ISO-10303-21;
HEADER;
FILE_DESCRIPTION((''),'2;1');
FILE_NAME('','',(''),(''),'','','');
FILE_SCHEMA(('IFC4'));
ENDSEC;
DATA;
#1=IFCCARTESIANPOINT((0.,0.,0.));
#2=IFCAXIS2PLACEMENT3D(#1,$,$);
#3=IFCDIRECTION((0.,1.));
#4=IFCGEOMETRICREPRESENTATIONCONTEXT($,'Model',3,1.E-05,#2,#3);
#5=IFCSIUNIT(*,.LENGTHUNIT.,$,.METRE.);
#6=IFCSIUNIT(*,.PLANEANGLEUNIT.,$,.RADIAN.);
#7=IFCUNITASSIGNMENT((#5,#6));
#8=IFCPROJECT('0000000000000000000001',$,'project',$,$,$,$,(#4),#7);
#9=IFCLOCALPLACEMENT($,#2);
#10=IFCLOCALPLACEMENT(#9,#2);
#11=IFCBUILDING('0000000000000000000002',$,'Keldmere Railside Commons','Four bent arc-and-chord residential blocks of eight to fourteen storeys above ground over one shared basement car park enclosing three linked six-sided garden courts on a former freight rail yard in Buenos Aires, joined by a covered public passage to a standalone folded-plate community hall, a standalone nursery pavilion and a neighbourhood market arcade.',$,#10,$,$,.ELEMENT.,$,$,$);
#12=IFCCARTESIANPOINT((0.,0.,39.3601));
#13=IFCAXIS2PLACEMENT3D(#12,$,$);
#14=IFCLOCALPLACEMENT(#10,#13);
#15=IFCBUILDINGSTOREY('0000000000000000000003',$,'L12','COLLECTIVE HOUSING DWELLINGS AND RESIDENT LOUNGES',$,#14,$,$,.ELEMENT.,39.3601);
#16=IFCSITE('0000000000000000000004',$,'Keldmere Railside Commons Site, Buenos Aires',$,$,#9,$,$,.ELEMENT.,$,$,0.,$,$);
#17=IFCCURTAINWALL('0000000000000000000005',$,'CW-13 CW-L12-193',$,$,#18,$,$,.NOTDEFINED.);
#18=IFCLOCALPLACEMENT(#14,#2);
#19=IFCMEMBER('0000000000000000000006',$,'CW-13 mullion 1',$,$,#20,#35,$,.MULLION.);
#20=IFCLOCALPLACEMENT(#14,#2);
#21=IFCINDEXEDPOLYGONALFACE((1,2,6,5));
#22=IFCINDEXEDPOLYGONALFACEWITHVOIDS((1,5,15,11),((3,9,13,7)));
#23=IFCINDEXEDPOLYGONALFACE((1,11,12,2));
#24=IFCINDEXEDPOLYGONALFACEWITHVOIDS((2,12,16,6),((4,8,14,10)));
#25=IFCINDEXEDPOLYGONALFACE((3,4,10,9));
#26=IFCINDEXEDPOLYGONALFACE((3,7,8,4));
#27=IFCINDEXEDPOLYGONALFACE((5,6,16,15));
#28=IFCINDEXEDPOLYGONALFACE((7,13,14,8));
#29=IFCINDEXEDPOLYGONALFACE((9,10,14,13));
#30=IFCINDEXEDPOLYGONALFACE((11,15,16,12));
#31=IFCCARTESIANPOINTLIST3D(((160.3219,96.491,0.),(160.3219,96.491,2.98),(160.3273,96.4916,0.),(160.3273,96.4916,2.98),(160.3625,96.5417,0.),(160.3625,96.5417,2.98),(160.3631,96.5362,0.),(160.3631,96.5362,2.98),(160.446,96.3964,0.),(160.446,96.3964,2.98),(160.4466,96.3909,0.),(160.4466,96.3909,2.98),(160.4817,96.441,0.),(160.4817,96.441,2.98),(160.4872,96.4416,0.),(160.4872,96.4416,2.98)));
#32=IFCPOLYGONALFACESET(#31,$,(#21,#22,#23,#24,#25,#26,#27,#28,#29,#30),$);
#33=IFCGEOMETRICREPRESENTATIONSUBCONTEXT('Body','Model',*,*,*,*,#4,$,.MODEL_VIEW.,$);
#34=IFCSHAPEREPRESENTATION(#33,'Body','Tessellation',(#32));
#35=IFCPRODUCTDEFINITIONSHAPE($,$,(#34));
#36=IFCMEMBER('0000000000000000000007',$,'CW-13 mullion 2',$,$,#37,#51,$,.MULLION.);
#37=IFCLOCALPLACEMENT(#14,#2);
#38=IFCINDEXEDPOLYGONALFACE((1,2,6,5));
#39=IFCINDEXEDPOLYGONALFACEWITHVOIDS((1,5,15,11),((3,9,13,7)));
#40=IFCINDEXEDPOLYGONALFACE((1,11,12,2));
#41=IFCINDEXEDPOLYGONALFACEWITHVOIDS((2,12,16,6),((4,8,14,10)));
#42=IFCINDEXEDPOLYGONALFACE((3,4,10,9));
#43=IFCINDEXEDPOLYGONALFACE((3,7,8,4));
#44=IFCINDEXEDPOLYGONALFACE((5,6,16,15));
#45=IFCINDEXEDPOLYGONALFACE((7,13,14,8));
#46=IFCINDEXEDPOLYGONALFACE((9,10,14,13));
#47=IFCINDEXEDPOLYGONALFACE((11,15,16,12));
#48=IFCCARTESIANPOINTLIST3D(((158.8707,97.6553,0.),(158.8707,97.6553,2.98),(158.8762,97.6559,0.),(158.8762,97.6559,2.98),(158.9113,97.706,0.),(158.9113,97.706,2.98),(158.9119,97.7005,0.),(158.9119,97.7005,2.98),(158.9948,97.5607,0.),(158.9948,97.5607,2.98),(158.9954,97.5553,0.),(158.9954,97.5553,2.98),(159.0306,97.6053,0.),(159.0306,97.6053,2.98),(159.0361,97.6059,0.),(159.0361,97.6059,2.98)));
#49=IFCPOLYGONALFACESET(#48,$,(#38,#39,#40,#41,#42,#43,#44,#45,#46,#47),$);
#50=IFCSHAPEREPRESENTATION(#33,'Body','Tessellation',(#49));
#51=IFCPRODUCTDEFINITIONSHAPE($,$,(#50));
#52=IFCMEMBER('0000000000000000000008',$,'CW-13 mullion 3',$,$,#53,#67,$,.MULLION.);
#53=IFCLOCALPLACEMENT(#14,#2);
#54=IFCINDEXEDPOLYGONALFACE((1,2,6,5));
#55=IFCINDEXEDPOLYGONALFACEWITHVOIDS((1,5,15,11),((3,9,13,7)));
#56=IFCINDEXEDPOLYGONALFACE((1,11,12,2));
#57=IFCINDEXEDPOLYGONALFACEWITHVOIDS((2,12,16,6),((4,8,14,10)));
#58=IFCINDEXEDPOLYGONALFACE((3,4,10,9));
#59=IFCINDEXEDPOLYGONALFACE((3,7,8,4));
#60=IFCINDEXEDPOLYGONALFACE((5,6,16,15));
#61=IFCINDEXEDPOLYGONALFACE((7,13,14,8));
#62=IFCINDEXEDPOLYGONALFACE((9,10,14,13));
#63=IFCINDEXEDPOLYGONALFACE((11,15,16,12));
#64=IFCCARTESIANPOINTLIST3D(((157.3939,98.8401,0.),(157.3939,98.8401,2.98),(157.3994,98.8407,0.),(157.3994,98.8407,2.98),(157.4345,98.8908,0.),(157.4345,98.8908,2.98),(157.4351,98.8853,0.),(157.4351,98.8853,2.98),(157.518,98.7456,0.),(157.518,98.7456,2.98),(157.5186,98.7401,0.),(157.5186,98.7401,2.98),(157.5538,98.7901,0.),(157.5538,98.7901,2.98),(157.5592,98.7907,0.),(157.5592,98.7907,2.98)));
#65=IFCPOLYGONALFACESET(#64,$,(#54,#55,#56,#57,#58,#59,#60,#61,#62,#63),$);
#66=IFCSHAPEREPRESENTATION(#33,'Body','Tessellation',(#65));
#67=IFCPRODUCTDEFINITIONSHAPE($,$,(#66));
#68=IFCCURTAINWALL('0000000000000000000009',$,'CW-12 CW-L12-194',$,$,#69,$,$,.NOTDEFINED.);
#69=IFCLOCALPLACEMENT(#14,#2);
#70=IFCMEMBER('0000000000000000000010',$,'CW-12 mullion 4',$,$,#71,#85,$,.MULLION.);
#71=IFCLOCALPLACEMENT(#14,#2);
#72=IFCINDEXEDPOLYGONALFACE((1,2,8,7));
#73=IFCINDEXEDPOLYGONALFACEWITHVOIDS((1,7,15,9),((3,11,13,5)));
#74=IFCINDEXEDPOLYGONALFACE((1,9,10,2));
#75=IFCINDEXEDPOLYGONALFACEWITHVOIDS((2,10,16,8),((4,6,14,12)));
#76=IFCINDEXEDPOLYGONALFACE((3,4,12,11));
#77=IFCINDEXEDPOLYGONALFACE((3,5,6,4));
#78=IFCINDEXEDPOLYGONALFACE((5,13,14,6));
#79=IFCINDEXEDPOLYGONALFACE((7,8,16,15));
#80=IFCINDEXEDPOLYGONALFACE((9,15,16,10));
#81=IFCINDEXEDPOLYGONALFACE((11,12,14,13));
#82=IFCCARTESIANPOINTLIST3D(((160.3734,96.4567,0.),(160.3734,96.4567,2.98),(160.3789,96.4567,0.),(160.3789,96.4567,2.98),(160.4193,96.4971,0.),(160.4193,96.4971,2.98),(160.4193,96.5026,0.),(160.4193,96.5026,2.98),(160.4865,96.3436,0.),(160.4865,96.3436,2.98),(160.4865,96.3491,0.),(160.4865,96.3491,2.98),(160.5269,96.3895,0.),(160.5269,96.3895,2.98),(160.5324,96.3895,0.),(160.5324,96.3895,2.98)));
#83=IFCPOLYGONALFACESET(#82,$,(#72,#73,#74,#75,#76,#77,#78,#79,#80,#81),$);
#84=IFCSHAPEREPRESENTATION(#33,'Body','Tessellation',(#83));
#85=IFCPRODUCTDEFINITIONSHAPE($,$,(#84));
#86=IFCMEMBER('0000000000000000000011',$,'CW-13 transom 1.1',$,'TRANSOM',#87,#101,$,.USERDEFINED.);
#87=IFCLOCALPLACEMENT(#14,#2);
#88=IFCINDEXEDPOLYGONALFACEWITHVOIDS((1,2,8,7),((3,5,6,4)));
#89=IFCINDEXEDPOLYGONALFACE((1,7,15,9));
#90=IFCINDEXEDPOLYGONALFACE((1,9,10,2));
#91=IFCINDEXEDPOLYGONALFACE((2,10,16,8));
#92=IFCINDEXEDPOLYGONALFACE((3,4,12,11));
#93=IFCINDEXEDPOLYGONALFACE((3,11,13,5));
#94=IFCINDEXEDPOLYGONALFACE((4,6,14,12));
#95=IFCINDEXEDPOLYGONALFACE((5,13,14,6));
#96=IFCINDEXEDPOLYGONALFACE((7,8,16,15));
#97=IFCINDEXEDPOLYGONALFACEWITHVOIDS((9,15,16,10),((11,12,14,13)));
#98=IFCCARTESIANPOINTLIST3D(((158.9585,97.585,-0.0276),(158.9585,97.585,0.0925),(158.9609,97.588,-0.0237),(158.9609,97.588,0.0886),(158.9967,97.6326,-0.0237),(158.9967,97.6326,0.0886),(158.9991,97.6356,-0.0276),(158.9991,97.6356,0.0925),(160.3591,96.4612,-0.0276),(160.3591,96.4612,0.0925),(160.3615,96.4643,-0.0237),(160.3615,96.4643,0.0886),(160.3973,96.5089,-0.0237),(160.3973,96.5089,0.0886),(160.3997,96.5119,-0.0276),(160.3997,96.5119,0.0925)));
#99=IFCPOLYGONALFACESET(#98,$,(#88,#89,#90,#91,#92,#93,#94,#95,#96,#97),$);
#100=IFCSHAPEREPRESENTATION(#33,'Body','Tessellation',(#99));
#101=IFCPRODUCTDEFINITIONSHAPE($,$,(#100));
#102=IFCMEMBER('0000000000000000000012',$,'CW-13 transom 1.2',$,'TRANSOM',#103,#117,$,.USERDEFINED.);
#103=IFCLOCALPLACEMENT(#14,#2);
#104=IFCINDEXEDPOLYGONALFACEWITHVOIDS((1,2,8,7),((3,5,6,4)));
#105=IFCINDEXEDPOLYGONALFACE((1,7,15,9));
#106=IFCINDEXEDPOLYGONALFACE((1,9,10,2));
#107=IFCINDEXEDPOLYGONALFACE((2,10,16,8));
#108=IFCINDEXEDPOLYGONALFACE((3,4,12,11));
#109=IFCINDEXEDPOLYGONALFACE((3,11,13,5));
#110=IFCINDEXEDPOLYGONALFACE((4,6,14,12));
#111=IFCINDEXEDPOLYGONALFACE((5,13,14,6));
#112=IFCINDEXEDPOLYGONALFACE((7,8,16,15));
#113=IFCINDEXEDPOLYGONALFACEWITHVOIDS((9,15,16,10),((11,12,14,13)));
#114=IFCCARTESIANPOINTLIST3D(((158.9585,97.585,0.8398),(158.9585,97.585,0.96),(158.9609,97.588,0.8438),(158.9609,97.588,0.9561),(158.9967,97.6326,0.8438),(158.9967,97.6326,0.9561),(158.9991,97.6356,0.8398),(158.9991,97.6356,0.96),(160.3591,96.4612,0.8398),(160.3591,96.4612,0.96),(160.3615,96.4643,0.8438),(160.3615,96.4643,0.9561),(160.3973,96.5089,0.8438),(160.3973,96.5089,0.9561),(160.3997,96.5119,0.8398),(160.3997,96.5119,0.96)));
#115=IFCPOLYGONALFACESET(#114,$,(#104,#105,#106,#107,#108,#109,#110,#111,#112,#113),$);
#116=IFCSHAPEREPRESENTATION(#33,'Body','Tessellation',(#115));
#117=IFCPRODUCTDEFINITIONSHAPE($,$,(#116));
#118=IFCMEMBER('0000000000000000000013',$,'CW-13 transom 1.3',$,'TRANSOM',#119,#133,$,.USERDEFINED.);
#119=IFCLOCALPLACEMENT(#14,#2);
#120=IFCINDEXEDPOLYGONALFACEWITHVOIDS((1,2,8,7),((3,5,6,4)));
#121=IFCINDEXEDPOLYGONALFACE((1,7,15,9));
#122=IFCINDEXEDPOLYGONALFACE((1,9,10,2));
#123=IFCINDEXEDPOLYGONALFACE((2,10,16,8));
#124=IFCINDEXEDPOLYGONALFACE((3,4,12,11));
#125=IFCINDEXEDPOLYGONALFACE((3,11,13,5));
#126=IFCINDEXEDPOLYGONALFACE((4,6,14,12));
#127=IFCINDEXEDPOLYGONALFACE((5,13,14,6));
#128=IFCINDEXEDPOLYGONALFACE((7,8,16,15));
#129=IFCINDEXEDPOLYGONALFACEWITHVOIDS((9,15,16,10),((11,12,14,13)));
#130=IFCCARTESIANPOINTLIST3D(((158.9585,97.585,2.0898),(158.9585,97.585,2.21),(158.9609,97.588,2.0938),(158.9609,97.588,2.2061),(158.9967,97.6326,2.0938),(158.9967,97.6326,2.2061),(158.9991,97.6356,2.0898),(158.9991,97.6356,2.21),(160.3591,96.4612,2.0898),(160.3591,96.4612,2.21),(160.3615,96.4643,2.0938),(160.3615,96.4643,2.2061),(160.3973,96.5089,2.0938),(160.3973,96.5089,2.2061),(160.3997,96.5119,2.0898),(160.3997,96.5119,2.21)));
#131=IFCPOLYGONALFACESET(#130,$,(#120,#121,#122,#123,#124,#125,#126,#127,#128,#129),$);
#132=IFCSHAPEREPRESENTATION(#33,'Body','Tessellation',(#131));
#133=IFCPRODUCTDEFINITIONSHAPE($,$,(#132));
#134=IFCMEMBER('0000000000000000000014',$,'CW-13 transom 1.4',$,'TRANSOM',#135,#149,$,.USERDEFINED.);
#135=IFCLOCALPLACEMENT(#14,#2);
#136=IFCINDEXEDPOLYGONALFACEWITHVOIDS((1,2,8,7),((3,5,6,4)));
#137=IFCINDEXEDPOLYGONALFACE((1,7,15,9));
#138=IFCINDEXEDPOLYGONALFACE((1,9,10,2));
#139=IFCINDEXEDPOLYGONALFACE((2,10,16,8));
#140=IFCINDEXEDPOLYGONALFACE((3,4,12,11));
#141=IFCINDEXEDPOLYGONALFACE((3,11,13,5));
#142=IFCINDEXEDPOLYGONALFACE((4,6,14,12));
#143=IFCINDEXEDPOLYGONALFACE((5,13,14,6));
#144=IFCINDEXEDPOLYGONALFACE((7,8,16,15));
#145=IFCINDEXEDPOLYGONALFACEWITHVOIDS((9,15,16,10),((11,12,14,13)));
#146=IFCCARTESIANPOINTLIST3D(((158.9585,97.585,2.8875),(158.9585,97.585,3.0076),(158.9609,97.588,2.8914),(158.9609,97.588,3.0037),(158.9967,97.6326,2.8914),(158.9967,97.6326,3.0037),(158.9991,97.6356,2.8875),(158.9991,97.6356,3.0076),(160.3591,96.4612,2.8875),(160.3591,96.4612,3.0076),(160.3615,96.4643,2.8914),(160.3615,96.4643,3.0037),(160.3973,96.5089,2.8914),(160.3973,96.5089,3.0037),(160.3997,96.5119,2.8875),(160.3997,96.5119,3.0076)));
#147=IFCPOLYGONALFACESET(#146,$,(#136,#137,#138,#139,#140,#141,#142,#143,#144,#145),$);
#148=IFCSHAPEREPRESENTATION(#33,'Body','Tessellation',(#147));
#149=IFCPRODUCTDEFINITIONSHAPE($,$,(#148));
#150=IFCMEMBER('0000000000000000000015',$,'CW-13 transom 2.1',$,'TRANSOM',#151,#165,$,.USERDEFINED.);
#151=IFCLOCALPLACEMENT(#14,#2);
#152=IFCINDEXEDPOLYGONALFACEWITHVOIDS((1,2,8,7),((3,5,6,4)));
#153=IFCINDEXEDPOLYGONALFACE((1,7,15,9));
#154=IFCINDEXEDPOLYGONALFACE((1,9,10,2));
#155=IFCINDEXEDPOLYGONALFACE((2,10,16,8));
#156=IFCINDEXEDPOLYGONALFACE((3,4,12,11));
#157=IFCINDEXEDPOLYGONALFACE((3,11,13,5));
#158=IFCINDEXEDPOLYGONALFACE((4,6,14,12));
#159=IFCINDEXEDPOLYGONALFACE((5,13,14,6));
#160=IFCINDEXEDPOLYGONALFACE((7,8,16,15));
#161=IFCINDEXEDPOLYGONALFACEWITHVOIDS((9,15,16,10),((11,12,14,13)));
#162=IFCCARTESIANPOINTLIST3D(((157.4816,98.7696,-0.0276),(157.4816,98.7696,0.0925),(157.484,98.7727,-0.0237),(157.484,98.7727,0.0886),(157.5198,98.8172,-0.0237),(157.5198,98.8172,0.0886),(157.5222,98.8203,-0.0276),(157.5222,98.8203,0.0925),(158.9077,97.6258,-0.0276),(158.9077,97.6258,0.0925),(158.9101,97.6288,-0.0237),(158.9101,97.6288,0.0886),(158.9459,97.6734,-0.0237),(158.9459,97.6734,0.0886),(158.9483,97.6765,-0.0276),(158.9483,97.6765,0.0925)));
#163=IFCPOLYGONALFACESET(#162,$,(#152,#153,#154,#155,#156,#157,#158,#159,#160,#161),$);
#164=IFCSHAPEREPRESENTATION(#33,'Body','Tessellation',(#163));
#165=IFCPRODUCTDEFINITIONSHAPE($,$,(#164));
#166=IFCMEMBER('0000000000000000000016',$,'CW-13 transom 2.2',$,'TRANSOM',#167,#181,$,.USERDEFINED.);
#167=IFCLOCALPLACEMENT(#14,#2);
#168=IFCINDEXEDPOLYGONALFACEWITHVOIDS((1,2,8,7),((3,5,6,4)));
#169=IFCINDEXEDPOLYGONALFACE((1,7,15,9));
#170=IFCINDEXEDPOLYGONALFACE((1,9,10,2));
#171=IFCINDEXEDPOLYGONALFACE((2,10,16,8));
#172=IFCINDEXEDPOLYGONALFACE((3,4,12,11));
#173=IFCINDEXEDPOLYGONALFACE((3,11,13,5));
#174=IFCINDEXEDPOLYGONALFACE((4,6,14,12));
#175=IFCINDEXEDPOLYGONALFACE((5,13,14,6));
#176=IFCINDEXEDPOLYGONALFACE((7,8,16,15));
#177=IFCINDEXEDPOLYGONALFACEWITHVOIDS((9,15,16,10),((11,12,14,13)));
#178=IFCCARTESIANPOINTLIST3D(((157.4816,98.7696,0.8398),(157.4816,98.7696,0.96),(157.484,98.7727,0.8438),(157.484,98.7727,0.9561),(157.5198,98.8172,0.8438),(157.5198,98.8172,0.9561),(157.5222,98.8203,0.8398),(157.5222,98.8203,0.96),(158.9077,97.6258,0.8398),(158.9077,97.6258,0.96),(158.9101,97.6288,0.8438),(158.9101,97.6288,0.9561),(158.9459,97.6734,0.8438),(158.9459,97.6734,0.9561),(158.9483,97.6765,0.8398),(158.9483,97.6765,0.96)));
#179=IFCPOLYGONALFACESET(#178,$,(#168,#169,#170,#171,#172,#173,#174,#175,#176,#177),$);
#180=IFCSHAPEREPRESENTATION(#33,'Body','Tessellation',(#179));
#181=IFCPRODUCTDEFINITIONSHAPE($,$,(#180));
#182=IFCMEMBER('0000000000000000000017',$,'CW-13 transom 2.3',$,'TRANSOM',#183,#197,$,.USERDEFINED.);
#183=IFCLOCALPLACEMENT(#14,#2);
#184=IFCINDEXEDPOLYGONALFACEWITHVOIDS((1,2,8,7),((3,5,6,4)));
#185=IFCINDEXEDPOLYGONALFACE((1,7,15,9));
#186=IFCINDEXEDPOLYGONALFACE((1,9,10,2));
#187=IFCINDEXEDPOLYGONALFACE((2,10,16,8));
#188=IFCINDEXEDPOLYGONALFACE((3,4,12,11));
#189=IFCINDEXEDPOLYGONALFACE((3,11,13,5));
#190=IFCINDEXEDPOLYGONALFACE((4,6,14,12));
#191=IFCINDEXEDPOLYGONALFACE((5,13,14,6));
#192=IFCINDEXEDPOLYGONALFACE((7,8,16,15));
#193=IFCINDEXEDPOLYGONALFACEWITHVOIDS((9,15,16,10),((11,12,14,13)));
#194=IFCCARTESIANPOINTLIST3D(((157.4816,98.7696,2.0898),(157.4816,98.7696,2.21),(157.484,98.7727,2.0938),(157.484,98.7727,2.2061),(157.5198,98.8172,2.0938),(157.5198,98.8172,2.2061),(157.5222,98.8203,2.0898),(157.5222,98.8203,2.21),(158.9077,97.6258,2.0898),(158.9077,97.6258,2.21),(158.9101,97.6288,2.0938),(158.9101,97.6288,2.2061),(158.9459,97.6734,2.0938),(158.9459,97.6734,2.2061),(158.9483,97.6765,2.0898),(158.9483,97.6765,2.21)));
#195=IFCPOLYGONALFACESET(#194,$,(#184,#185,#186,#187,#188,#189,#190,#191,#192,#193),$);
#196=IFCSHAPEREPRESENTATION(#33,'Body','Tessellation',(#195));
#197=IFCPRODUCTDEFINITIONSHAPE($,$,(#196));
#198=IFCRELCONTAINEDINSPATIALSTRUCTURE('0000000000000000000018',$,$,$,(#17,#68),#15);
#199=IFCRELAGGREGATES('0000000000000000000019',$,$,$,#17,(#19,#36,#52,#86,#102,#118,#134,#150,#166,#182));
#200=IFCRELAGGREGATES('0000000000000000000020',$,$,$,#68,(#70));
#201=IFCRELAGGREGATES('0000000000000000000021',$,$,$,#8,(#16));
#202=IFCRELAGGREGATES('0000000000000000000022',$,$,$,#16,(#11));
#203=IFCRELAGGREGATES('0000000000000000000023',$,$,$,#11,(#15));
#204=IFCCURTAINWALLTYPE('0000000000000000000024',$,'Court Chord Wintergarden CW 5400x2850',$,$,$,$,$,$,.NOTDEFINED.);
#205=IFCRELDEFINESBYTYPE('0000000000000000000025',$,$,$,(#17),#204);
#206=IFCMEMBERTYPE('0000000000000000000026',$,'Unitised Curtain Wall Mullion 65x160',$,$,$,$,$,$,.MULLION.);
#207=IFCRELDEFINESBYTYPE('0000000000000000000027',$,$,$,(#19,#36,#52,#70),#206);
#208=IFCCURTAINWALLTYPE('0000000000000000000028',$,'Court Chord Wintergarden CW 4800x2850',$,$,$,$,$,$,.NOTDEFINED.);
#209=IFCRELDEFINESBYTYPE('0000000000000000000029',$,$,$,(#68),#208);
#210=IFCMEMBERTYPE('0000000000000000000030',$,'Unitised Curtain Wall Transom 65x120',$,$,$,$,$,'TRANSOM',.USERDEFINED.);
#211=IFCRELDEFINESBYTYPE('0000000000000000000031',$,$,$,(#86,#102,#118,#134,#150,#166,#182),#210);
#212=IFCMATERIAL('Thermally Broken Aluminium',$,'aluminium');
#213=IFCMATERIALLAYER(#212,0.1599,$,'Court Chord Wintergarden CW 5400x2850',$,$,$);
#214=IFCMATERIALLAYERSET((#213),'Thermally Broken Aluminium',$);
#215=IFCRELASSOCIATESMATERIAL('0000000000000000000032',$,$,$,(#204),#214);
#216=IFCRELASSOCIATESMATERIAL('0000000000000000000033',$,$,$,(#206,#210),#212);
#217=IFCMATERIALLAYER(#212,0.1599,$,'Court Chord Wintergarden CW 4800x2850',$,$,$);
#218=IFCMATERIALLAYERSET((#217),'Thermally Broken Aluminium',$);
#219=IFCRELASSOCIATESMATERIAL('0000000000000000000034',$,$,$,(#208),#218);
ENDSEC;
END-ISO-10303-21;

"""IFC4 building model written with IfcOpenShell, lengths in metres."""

from ifc_helpers import new_model, si_unit, direction, frame, origin, origin_2d, place, context, subcontext, project, spatial, hollow_rectangle, extrude, material, layer, layer_set, material_profile, profile_set, type_object, element, aggregate, save


model = new_model("IFC4")

# Units and contexts
model_context = context("Model", 3, precision=1e-05, world=origin(), true_north=direction((0.0, 1.0)))
body_context = subcontext(model_context, "Body", "Model", "MODEL_VIEW")
ifc_project = project(units=[si_unit("LENGTHUNIT", "METRE"), si_unit("PLANEANGLEUNIT", "RADIAN")], contexts=[model_context])

# Site, building, storey
site_placement = place(None, origin())
site = spatial("IfcSite", under=ifc_project, at=site_placement, Name="Keldmere Railside Commons Site, Buenos Aires", CompositionType="ELEMENT", RefElevation=0.0)
building_placement = place(site_placement, origin())
building = spatial("IfcBuilding", under=site, at=building_placement, Name="Keldmere Railside Commons", Description="Four bent arc-and-chord residential blocks of eight to fourteen storeys above ground over one shared basement car park enclosing three linked six-sided garden courts on a former freight rail yard in Buenos Aires, joined by a covered public passage to a standalone folded-plate community hall, a standalone nursery pavilion and a neighbourhood market arcade.", CompositionType="ELEMENT")
storey_placement = place(building_placement, frame((0.0, 0.0, 39.3601)))
storey = spatial("IfcBuildingStorey", under=building, at=storey_placement, Name="L12", Description="COLLECTIVE HOUSING DWELLINGS AND RESIDENT LOUNGES", CompositionType="ELEMENT", Elevation=39.3601)

# Curtain wall, members
ifc_material_1 = material(Name="Thermally Broken Aluminium", Category="aluminium")
ifc_layer_1 = layer(ifc_material_1, 0.1599, Name="Court Chord Wintergarden CW 5400x2850")
ifc_layer_set_1 = layer_set([ifc_layer_1], Name="Thermally Broken Aluminium")
curtain_wall_type_1 = type_object("IfcCurtainWallType", Name="Court Chord Wintergarden CW 5400x2850", PredefinedType="NOTDEFINED", material=ifc_layer_set_1)
curtain_wall_1_placement = place(storey_placement, origin())
curtain_wall_1 = element("IfcCurtainWall", 1, at=curtain_wall_1_placement, inside=storey, type_object=curtain_wall_type_1, Name="CW-13 CW-L12-193", PredefinedType="NOTDEFINED")
ifc_material_profile_1 = material_profile(ifc_material_1, hollow_rectangle(XDim=0.0649, YDim=0.1599, WallThickness=0.0039, at=origin_2d()), Name="ALU-MULL-65x160")
ifc_profile_set_1 = profile_set([ifc_material_profile_1], Name="Thermally Broken Aluminium")
member_type_1 = type_object("IfcMemberType", Name="Unitised Curtain Wall Mullion 65x160", PredefinedType="MULLION", material=ifc_profile_set_1)
member_1_placement = place(storey_placement, frame((160.4045, 96.4663, 0.0), z_axis=(0.0, 0.0, 1.0), x_axis=(-0.625768, -0.780009, 0.0)))
member_1 = element("IfcMember", 2, at=member_1_placement, type_object=member_type_1, Name="CW-13 mullion 1", PredefinedType="MULLION", context=body_context, shape_type="SweptSolid", body=[
    extrude(hollow_rectangle(XDim=0.0649, YDim=0.1599, WallThickness=0.0039, at=origin_2d()), origin(), (0.0, 0.0, 1.0), 2.98),
])
member_2_placement = place(storey_placement, frame((158.9534, 97.6306, 0.0), z_axis=(0.0, 0.0, 1.0), x_axis=(-0.625768, -0.780009, 0.0)))
member_2 = element("IfcMember", 3, at=member_2_placement, type_object=member_type_1, Name="CW-13 mullion 2", PredefinedType="MULLION", context=body_context, shape_type="SweptSolid", body=[
    extrude(hollow_rectangle(XDim=0.0649, YDim=0.1599, WallThickness=0.0039, at=origin_2d()), origin(), (0.0, 0.0, 1.0), 2.98),
])
member_3_placement = place(storey_placement, frame((157.4766, 98.8154, 0.0), z_axis=(0.0, 0.0, 1.0), x_axis=(-0.625768, -0.780009, 0.0)))
member_3 = element("IfcMember", 4, at=member_3_placement, type_object=member_type_1, Name="CW-13 mullion 3", PredefinedType="MULLION", context=body_context, shape_type="SweptSolid", body=[
    extrude(hollow_rectangle(XDim=0.0649, YDim=0.1599, WallThickness=0.0039, at=origin_2d()), origin(), (0.0, 0.0, 1.0), 2.98),
])

# Curtain wall, member
ifc_layer_2 = layer(ifc_material_1, 0.1599, Name="Court Chord Wintergarden CW 4800x2850")
ifc_layer_set_2 = layer_set([ifc_layer_2], Name="Thermally Broken Aluminium")
curtain_wall_type_2 = type_object("IfcCurtainWallType", Name="Court Chord Wintergarden CW 4800x2850", PredefinedType="NOTDEFINED", material=ifc_layer_set_2)
curtain_wall_2_placement = place(storey_placement, origin())
curtain_wall_2 = element("IfcCurtainWall", 5, at=curtain_wall_2_placement, inside=storey, type_object=curtain_wall_type_2, Name="CW-12 CW-L12-194", PredefinedType="NOTDEFINED")
member_4_placement = place(storey_placement, frame((160.4529, 96.4231, 0.0), z_axis=(0.0, 0.0, 1.0), x_axis=(-0.707107, -0.707107, 0.0)))
member_4 = element("IfcMember", 6, at=member_4_placement, type_object=member_type_1, Name="CW-12 mullion 4", PredefinedType="MULLION", context=body_context, shape_type="SweptSolid", body=[
    extrude(hollow_rectangle(XDim=0.0649, YDim=0.1599, WallThickness=0.0039, at=origin_2d()), origin(), (0.0, 0.0, 1.0), 2.98),
])

# Members
ifc_material_profile_2 = material_profile(ifc_material_1, hollow_rectangle(XDim=0.0649, YDim=0.1201, WallThickness=0.0039, at=origin_2d()), Name="ALU-TRAN-65x120")
ifc_profile_set_2 = profile_set([ifc_material_profile_2], Name="Thermally Broken Aluminium")
member_type_2 = type_object("IfcMemberType", Name="Unitised Curtain Wall Transom 65x120", ElementType="TRANSOM", PredefinedType="USERDEFINED", material=ifc_profile_set_2)
member_5_placement = place(storey_placement, frame((160.3794, 96.4866, 0.0325), z_axis=(-0.779979, 0.625805, 0.0), x_axis=(-0.625805, -0.779979, 0.0)))
member_5 = element("IfcMember", 7, at=member_5_placement, type_object=member_type_2, Name="CW-13 transom 1.1", ObjectType="TRANSOM", PredefinedType="USERDEFINED", context=body_context, shape_type="SweptSolid", body=[
    extrude(hollow_rectangle(XDim=0.0649, YDim=0.1201, WallThickness=0.0039, at=origin_2d()), origin(), (0.0, 0.0, 1.0), 1.7957),
])
member_6_placement = place(storey_placement, frame((160.3794, 96.4866, 0.8999), z_axis=(-0.779979, 0.625805, 0.0), x_axis=(-0.625805, -0.779979, 0.0)))
member_6 = element("IfcMember", 8, at=member_6_placement, type_object=member_type_2, Name="CW-13 transom 1.2", ObjectType="TRANSOM", PredefinedType="USERDEFINED", context=body_context, shape_type="SweptSolid", body=[
    extrude(hollow_rectangle(XDim=0.0649, YDim=0.1201, WallThickness=0.0039, at=origin_2d()), origin(), (0.0, 0.0, 1.0), 1.7957),
])
member_7_placement = place(storey_placement, frame((160.3794, 96.4866, 2.1499), z_axis=(-0.779979, 0.625805, 0.0), x_axis=(-0.625805, -0.779979, 0.0)))
member_7 = element("IfcMember", 9, at=member_7_placement, type_object=member_type_2, Name="CW-13 transom 1.3", ObjectType="TRANSOM", PredefinedType="USERDEFINED", context=body_context, shape_type="SweptSolid", body=[
    extrude(hollow_rectangle(XDim=0.0649, YDim=0.1201, WallThickness=0.0039, at=origin_2d()), origin(), (0.0, 0.0, 1.0), 1.7957),
])
member_8_placement = place(storey_placement, frame((160.3794, 96.4866, 2.9475), z_axis=(-0.779979, 0.625805, 0.0), x_axis=(-0.625805, -0.779979, 0.0)))
member_8 = element("IfcMember", 10, at=member_8_placement, type_object=member_type_2, Name="CW-13 transom 1.4", ObjectType="TRANSOM", PredefinedType="USERDEFINED", context=body_context, shape_type="SweptSolid", body=[
    extrude(hollow_rectangle(XDim=0.0649, YDim=0.1201, WallThickness=0.0039, at=origin_2d()), origin(), (0.0, 0.0, 1.0), 1.7957),
])
member_9_placement = place(storey_placement, frame((158.928, 97.6511, 0.0325), z_axis=(-0.780073, 0.625688, 0.0), x_axis=(-0.625688, -0.780073, 0.0)))
member_9 = element("IfcMember", 11, at=member_9_placement, type_object=member_type_2, Name="CW-13 transom 2.1", ObjectType="TRANSOM", PredefinedType="USERDEFINED", context=body_context, shape_type="SweptSolid", body=[
    extrude(hollow_rectangle(XDim=0.0649, YDim=0.1201, WallThickness=0.0039, at=origin_2d()), origin(), (0.0, 0.0, 1.0), 1.8281),
])
member_10_placement = place(storey_placement, frame((158.928, 97.6511, 0.8999), z_axis=(-0.780073, 0.625688, 0.0), x_axis=(-0.625688, -0.780073, 0.0)))
member_10 = element("IfcMember", 12, at=member_10_placement, type_object=member_type_2, Name="CW-13 transom 2.2", ObjectType="TRANSOM", PredefinedType="USERDEFINED", context=body_context, shape_type="SweptSolid", body=[
    extrude(hollow_rectangle(XDim=0.0649, YDim=0.1201, WallThickness=0.0039, at=origin_2d()), origin(), (0.0, 0.0, 1.0), 1.8281),
])
member_11_placement = place(storey_placement, frame((158.928, 97.6511, 2.1499), z_axis=(-0.780073, 0.625688, 0.0), x_axis=(-0.625688, -0.780073, 0.0)))
member_11 = element("IfcMember", 13, at=member_11_placement, type_object=member_type_2, Name="CW-13 transom 2.3", ObjectType="TRANSOM", PredefinedType="USERDEFINED", context=body_context, shape_type="SweptSolid", body=[
    extrude(hollow_rectangle(XDim=0.0649, YDim=0.1201, WallThickness=0.0039, at=origin_2d()), origin(), (0.0, 0.0, 1.0), 1.8281),
])

aggregate(curtain_wall_1, [member_1, member_2, member_3, member_5, member_6, member_7, member_8, member_9, member_10, member_11])
aggregate(curtain_wall_2, [member_4])

save(model, "model.ifc")
